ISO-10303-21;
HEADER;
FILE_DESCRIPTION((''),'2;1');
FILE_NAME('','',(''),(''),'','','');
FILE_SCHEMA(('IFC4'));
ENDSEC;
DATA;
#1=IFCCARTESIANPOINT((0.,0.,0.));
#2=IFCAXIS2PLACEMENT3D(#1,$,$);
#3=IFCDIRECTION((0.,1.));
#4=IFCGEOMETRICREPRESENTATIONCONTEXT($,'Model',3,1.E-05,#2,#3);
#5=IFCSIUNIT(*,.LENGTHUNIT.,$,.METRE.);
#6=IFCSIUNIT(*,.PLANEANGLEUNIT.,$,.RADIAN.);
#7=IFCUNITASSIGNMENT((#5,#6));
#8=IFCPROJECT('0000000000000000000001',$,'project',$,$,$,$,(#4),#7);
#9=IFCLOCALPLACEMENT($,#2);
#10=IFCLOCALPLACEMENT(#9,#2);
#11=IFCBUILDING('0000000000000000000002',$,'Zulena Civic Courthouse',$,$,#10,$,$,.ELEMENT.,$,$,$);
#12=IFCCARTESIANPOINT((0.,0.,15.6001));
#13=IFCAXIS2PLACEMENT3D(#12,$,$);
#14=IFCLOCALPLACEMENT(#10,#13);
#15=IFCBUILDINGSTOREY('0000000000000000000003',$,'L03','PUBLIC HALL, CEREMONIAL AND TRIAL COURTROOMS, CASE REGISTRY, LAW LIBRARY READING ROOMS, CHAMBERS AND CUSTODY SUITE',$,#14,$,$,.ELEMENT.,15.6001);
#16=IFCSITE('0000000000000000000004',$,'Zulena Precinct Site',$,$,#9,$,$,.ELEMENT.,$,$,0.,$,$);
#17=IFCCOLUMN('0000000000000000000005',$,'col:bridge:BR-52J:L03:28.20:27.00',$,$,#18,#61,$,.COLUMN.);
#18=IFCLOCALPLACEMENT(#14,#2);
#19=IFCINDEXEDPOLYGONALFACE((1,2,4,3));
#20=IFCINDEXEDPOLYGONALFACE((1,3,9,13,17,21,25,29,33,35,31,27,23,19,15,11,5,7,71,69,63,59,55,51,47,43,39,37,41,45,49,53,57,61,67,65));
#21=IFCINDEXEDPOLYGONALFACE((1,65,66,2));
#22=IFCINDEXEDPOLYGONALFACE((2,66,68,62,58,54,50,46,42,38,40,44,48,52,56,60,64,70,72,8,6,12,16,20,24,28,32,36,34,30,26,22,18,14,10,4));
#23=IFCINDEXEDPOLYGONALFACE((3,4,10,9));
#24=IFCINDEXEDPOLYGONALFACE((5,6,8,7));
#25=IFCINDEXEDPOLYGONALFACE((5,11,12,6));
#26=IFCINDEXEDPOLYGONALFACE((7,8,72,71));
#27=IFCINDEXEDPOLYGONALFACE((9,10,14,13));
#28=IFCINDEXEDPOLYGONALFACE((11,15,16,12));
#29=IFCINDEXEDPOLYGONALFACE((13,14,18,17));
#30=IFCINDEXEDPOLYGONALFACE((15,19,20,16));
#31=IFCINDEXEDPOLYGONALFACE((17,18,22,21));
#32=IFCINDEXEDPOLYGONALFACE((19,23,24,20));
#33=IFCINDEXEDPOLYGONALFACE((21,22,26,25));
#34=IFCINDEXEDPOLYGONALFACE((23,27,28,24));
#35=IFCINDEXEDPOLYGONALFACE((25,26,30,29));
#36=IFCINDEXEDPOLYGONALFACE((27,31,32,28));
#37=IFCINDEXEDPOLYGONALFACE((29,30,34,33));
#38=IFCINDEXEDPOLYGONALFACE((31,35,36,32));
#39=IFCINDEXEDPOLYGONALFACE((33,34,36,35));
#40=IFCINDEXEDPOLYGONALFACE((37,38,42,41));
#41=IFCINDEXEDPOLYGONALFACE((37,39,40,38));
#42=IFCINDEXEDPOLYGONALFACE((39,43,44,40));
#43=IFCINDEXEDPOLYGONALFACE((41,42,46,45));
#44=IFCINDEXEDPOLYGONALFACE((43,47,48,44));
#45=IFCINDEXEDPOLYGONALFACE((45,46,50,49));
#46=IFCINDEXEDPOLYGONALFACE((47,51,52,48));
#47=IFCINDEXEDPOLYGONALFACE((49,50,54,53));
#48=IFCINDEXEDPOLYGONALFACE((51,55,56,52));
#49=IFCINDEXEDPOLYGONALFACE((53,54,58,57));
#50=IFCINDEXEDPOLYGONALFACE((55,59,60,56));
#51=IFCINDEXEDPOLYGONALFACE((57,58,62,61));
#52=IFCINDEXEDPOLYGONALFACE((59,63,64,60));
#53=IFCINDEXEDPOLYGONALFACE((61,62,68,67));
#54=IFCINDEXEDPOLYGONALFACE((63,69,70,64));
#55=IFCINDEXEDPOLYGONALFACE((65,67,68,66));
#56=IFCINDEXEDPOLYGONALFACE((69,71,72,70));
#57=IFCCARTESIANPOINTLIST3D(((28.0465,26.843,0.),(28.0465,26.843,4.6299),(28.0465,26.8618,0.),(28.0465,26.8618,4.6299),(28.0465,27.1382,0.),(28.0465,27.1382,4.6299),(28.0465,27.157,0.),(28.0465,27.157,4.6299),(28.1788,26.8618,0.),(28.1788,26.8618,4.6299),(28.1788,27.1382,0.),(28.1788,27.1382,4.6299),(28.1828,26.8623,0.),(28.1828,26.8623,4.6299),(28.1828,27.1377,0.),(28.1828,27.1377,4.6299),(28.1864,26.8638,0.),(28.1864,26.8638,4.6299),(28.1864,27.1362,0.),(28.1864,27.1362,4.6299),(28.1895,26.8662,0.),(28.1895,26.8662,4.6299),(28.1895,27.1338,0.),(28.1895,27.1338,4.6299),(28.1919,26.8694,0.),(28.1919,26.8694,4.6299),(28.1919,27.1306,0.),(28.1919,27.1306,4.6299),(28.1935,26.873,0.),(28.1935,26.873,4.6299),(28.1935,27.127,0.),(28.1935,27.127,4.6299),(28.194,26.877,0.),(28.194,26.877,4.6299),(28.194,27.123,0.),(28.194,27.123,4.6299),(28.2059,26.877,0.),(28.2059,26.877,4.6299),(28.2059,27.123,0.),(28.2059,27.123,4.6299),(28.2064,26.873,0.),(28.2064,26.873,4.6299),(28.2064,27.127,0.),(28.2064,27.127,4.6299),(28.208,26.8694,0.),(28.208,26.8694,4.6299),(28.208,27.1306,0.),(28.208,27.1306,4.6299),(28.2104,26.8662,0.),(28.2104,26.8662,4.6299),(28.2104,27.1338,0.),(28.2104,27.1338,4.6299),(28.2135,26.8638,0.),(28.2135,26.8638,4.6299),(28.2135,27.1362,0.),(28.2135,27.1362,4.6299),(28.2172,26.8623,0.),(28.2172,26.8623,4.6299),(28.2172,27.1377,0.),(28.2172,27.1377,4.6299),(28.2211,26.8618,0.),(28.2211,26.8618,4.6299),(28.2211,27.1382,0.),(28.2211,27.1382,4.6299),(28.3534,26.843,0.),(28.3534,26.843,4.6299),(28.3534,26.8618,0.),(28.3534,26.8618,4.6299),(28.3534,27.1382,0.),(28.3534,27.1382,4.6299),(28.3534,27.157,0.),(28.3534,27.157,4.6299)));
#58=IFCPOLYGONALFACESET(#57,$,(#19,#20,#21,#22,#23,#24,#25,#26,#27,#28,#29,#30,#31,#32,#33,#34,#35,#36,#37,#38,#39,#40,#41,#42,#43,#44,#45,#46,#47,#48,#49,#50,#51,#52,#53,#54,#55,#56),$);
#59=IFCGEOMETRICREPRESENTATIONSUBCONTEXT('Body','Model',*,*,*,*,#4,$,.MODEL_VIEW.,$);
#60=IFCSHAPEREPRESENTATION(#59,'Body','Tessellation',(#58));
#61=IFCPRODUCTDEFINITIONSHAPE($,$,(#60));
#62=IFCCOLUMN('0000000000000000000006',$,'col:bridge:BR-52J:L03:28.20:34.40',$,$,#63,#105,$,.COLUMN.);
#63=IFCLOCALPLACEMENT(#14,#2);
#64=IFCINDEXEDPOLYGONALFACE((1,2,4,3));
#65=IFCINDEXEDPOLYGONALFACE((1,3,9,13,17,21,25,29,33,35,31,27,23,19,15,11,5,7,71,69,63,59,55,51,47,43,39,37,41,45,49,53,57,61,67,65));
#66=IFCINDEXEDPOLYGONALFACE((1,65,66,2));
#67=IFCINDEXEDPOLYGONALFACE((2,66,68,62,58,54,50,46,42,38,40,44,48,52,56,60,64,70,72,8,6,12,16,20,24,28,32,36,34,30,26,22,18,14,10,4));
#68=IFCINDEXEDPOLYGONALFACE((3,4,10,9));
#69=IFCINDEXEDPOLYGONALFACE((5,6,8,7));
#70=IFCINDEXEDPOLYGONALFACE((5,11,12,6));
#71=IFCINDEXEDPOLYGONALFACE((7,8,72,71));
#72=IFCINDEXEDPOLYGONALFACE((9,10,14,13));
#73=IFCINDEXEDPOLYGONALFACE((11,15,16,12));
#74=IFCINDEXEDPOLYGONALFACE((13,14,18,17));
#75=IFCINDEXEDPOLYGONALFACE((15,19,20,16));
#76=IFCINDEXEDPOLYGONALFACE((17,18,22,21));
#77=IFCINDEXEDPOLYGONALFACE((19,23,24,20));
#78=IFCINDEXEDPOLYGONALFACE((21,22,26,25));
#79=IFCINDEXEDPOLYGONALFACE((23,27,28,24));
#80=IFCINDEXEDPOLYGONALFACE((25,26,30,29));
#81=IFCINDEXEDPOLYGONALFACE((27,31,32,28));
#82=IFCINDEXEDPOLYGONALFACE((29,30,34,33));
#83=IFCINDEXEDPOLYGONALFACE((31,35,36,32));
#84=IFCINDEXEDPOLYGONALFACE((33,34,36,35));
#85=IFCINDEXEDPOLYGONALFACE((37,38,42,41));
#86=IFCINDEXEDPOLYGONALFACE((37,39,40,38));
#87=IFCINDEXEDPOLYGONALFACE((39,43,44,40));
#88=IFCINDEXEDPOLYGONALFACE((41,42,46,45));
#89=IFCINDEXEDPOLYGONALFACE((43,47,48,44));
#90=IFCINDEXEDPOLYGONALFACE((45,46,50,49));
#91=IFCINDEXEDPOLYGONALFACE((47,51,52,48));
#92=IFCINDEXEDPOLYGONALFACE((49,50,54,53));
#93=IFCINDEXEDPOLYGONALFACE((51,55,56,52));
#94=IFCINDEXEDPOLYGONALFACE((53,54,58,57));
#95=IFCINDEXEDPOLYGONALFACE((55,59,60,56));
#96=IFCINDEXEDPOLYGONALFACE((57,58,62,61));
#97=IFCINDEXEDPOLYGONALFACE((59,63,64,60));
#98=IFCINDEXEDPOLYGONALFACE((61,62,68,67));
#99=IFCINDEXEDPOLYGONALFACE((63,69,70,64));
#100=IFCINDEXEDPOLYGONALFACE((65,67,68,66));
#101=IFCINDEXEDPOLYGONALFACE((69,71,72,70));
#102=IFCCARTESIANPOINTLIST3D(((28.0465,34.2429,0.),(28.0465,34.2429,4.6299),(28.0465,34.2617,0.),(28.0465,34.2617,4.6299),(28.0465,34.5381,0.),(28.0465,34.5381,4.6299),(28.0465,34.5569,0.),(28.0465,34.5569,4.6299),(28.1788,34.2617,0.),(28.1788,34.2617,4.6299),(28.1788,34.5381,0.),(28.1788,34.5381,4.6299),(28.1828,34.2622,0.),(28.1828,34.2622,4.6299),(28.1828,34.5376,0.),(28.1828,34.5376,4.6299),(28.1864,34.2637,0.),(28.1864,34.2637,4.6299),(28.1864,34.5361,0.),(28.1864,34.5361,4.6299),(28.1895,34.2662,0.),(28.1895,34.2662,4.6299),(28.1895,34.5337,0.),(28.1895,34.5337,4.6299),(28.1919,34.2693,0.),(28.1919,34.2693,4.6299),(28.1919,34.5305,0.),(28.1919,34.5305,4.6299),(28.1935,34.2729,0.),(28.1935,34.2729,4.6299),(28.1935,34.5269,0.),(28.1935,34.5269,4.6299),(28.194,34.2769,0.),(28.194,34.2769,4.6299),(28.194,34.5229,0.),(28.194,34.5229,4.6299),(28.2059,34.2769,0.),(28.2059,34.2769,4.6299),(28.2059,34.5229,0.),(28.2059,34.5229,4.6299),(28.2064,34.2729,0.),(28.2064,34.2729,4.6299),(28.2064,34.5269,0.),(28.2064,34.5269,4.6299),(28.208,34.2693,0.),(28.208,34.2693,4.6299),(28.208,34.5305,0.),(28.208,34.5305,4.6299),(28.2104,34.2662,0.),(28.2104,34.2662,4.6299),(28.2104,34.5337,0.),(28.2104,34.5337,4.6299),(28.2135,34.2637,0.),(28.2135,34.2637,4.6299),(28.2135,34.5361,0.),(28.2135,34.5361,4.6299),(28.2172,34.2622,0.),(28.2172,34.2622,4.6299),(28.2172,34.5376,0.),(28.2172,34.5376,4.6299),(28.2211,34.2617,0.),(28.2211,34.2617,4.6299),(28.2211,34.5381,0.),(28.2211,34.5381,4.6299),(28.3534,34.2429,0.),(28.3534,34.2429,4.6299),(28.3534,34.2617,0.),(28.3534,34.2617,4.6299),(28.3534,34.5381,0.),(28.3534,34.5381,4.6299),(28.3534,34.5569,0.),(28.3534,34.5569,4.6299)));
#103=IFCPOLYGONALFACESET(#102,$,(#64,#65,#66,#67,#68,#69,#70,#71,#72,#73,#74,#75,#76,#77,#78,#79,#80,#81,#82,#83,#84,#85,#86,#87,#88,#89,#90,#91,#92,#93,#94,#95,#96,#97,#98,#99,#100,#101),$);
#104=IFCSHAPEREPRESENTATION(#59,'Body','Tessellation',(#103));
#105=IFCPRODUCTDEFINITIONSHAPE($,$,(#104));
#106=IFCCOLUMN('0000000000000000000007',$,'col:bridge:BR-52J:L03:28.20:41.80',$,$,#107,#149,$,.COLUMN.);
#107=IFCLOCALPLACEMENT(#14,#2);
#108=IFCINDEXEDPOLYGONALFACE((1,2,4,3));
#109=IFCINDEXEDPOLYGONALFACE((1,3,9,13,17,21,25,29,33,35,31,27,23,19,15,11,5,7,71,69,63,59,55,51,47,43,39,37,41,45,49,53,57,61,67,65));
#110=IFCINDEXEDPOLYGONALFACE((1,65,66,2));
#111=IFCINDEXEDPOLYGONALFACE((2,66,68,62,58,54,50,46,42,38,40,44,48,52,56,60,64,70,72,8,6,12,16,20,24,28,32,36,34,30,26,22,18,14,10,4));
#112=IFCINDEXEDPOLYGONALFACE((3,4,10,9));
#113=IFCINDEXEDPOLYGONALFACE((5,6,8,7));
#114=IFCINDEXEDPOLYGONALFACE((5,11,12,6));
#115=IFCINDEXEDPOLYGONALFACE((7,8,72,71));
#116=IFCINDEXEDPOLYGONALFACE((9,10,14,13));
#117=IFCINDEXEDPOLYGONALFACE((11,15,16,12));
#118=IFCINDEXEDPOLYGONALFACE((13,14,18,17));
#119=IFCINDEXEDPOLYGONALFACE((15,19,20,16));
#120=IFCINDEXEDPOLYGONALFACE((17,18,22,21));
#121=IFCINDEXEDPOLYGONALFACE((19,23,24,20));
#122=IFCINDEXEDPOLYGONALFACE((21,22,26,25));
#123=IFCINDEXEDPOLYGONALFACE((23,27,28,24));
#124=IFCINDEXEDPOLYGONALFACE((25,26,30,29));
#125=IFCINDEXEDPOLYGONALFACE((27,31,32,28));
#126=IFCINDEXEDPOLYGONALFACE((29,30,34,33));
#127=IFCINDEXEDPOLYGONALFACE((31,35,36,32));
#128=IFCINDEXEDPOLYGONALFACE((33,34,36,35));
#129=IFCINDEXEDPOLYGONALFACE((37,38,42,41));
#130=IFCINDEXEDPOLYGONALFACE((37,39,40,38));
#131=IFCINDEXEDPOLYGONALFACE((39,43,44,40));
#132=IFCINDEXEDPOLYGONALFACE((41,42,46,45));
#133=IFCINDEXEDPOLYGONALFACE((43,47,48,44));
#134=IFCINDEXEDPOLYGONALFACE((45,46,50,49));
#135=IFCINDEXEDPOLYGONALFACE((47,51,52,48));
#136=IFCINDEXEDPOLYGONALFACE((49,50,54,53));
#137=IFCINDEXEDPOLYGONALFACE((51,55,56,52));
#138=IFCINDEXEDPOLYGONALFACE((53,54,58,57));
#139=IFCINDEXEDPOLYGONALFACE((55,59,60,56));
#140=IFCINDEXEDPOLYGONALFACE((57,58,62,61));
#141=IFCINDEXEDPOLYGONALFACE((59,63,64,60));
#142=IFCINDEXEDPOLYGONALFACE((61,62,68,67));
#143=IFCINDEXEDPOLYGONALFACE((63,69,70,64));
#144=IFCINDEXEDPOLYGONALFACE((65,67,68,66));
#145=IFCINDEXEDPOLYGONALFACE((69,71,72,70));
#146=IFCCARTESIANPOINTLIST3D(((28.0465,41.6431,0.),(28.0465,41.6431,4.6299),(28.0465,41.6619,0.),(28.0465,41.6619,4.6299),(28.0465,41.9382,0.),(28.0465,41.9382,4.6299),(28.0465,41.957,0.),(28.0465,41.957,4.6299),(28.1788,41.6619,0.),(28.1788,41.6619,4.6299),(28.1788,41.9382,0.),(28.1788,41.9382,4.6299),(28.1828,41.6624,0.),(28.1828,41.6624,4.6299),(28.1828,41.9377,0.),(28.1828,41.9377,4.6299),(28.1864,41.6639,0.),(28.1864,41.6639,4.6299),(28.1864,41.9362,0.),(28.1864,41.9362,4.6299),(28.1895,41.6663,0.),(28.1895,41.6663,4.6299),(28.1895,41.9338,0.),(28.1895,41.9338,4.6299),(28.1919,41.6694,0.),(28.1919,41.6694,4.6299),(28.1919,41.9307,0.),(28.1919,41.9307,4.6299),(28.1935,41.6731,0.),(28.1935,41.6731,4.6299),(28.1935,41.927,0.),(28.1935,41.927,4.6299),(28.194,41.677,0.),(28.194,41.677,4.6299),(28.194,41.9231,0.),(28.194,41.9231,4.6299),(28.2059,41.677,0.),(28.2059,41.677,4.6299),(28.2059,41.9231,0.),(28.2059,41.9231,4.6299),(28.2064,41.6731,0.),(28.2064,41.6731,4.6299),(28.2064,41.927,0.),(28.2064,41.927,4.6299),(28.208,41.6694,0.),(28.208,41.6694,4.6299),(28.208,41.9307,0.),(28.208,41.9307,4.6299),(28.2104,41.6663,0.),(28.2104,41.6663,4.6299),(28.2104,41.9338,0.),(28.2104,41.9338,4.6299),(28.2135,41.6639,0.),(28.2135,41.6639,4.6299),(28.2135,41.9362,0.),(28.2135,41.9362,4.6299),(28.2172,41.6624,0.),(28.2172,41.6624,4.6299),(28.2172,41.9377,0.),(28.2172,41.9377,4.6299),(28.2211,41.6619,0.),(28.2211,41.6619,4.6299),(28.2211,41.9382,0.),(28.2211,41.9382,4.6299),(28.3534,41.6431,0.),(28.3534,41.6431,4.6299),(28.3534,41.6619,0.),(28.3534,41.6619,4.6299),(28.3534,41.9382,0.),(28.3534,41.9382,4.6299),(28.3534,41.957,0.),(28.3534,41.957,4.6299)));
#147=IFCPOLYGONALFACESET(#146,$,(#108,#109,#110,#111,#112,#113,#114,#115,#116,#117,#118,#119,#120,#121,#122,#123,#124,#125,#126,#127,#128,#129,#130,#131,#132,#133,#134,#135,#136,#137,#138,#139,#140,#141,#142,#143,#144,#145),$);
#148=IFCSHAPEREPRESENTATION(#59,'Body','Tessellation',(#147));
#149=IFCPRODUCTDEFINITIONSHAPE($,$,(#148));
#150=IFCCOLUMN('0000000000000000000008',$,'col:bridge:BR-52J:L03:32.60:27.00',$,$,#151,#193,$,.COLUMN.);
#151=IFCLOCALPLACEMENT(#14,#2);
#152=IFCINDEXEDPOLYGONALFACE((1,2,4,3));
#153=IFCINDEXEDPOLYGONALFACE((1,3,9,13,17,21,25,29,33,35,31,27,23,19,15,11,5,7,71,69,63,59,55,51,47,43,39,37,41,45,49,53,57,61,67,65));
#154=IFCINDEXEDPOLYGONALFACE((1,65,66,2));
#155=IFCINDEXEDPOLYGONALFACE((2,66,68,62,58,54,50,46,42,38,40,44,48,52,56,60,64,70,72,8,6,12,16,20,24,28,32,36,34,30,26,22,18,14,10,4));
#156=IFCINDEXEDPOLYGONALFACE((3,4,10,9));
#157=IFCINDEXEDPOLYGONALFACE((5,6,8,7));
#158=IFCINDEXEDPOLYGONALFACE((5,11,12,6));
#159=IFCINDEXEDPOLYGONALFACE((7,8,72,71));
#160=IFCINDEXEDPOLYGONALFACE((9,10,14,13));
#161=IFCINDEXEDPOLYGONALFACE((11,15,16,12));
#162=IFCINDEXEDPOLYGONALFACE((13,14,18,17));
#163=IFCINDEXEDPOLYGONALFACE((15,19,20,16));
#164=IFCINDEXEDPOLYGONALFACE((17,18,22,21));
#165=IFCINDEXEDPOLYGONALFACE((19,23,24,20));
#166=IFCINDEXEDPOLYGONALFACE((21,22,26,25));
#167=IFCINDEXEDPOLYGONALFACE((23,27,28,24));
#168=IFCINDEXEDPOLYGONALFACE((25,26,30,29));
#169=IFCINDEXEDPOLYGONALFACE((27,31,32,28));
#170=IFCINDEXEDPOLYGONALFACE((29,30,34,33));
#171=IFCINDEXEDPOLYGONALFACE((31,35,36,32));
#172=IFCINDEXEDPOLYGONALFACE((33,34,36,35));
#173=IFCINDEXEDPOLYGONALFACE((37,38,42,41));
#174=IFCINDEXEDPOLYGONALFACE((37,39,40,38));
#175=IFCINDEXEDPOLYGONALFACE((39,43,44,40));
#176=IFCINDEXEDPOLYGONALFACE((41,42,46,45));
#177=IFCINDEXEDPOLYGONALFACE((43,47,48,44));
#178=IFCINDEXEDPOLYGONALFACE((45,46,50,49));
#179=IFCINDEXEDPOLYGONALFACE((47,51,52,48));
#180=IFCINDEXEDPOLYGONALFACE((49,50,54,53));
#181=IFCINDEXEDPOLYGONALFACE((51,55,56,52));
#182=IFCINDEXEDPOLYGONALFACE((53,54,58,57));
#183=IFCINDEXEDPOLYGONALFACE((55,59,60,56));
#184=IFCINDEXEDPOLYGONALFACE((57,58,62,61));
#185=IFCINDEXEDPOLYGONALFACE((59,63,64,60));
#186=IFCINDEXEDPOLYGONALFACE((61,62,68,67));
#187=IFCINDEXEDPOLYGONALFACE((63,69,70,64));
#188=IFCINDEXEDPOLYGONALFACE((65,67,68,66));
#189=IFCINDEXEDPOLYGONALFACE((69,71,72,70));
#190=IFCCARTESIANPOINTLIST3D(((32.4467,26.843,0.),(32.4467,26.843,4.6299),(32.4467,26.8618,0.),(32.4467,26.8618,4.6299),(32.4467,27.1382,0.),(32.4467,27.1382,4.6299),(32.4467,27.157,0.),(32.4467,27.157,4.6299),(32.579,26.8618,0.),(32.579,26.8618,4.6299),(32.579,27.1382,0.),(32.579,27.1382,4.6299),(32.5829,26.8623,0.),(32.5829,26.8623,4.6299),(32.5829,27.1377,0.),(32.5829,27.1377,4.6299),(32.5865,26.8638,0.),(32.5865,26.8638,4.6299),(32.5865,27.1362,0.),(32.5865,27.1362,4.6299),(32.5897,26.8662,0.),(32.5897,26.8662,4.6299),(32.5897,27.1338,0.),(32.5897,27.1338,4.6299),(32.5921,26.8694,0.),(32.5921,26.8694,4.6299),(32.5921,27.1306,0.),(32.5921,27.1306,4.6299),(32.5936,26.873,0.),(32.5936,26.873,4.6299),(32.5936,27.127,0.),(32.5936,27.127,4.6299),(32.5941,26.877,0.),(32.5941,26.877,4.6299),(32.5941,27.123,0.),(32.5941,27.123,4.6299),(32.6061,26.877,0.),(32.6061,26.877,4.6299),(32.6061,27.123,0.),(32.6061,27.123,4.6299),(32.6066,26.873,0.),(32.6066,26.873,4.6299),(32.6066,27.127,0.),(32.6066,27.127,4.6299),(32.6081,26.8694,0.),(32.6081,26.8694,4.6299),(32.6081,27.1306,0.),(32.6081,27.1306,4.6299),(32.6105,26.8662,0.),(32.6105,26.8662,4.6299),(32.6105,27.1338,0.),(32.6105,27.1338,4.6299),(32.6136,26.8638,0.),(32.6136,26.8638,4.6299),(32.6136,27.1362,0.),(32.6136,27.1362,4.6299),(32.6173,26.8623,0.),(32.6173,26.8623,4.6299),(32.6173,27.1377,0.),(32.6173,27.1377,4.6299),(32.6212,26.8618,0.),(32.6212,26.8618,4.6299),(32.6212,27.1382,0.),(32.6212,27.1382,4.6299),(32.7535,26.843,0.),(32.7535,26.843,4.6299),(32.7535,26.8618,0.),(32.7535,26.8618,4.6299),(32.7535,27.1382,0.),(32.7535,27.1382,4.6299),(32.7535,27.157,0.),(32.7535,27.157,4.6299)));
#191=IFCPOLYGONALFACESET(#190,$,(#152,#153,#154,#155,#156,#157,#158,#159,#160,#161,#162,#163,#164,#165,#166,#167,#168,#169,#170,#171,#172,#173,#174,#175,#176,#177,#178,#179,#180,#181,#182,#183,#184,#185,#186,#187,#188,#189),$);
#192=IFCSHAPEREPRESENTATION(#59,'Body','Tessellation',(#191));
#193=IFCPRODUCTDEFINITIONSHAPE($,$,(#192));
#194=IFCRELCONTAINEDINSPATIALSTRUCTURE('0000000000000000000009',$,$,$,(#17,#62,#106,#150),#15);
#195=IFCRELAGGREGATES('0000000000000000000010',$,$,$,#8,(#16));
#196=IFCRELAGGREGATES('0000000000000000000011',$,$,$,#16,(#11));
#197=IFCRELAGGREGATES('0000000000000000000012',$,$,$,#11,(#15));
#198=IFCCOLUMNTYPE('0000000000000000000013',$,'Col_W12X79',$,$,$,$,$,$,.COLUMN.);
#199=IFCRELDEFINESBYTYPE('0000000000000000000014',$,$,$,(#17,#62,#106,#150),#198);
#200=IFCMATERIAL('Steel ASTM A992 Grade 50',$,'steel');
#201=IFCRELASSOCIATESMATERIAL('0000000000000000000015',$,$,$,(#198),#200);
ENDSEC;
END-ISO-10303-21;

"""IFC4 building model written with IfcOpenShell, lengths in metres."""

from ifc_helpers import new_model, si_unit, direction, frame, origin, origin_2d, place, context, subcontext, project, spatial, i_section, extrude, material, material_profile, profile_set, type_object, element, save


model = new_model("IFC4")

# Units and contexts
model_context = context("Model", 3, precision=1e-05, world=origin(), true_north=direction((0.0, 1.0)))
body_context = subcontext(model_context, "Body", "Model", "MODEL_VIEW")
ifc_project = project(units=[si_unit("LENGTHUNIT", "METRE"), si_unit("PLANEANGLEUNIT", "RADIAN")], contexts=[model_context])

# Site, building, storey
site_placement = place(None, origin())
site = spatial("IfcSite", under=ifc_project, at=site_placement, Name="Zulena Precinct Site", CompositionType="ELEMENT", RefElevation=0.0)
building_placement = place(site_placement, origin())
building = spatial("IfcBuilding", under=site, at=building_placement, Name="Zulena Civic Courthouse", CompositionType="ELEMENT")
storey_placement = place(building_placement, frame((0.0, 0.0, 15.6001)))
storey = spatial("IfcBuildingStorey", under=building, at=storey_placement, Name="L03", Description="PUBLIC HALL, CEREMONIAL AND TRIAL COURTROOMS, CASE REGISTRY, LAW LIBRARY READING ROOMS, CHAMBERS AND CUSTODY SUITE", CompositionType="ELEMENT", Elevation=15.6001)

# Columns
ifc_material_1 = material(Name="Steel ASTM A992 Grade 50", Category="steel")
ifc_material_profile_1 = material_profile(ifc_material_1, i_section(OverallWidth=0.3069, OverallDepth=0.314, WebThickness=0.012, FlangeThickness=0.0188, FilletRadius=0.0151, at=origin_2d()), Name="W12X79")
ifc_profile_set_1 = profile_set([ifc_material_profile_1], Name="Steel ASTM A992 Grade 50")
column_type_1 = type_object("IfcColumnType", Name="Col_W12X79", PredefinedType="COLUMN", material=ifc_profile_set_1)
for number, where, z_axis, x_axis, name in (
    (1, (28.2, 27.0, 0.0), (0.0, 0.0, 1.0), (1.0, 0.0, 0.0), "col:bridge:BR-52J:L03:28.20:27.00"),
    (2, (28.2, 34.3999, 0.0), (0.0, 0.0, 1.0), (1.0, 0.0, 0.0), "col:bridge:BR-52J:L03:28.20:34.40"),
    (3, (28.2, 41.8, 0.0), (0.0, 0.0, 1.0), (1.0, 0.0, 0.0), "col:bridge:BR-52J:L03:28.20:41.80"),
    (4, (32.6001, 27.0, 0.0), (0.0, 0.0, 1.0), (1.0, 0.0, 0.0), "col:bridge:BR-52J:L03:32.60:27.00"),
):
    element("IfcColumn", number, at=place(storey_placement, frame(where, z_axis=z_axis, x_axis=x_axis)), inside=storey, type_object=column_type_1, Name=name, PredefinedType="COLUMN", context=body_context, shape_type="SweptSolid", body=[
        extrude(i_section(OverallWidth=0.3069, OverallDepth=0.314, WebThickness=0.012, FlangeThickness=0.0188, FilletRadius=0.0151, at=origin_2d()), origin(), (0.0, 0.0, 1.0), 4.6299),
    ])

save(model, "model.ifc")
